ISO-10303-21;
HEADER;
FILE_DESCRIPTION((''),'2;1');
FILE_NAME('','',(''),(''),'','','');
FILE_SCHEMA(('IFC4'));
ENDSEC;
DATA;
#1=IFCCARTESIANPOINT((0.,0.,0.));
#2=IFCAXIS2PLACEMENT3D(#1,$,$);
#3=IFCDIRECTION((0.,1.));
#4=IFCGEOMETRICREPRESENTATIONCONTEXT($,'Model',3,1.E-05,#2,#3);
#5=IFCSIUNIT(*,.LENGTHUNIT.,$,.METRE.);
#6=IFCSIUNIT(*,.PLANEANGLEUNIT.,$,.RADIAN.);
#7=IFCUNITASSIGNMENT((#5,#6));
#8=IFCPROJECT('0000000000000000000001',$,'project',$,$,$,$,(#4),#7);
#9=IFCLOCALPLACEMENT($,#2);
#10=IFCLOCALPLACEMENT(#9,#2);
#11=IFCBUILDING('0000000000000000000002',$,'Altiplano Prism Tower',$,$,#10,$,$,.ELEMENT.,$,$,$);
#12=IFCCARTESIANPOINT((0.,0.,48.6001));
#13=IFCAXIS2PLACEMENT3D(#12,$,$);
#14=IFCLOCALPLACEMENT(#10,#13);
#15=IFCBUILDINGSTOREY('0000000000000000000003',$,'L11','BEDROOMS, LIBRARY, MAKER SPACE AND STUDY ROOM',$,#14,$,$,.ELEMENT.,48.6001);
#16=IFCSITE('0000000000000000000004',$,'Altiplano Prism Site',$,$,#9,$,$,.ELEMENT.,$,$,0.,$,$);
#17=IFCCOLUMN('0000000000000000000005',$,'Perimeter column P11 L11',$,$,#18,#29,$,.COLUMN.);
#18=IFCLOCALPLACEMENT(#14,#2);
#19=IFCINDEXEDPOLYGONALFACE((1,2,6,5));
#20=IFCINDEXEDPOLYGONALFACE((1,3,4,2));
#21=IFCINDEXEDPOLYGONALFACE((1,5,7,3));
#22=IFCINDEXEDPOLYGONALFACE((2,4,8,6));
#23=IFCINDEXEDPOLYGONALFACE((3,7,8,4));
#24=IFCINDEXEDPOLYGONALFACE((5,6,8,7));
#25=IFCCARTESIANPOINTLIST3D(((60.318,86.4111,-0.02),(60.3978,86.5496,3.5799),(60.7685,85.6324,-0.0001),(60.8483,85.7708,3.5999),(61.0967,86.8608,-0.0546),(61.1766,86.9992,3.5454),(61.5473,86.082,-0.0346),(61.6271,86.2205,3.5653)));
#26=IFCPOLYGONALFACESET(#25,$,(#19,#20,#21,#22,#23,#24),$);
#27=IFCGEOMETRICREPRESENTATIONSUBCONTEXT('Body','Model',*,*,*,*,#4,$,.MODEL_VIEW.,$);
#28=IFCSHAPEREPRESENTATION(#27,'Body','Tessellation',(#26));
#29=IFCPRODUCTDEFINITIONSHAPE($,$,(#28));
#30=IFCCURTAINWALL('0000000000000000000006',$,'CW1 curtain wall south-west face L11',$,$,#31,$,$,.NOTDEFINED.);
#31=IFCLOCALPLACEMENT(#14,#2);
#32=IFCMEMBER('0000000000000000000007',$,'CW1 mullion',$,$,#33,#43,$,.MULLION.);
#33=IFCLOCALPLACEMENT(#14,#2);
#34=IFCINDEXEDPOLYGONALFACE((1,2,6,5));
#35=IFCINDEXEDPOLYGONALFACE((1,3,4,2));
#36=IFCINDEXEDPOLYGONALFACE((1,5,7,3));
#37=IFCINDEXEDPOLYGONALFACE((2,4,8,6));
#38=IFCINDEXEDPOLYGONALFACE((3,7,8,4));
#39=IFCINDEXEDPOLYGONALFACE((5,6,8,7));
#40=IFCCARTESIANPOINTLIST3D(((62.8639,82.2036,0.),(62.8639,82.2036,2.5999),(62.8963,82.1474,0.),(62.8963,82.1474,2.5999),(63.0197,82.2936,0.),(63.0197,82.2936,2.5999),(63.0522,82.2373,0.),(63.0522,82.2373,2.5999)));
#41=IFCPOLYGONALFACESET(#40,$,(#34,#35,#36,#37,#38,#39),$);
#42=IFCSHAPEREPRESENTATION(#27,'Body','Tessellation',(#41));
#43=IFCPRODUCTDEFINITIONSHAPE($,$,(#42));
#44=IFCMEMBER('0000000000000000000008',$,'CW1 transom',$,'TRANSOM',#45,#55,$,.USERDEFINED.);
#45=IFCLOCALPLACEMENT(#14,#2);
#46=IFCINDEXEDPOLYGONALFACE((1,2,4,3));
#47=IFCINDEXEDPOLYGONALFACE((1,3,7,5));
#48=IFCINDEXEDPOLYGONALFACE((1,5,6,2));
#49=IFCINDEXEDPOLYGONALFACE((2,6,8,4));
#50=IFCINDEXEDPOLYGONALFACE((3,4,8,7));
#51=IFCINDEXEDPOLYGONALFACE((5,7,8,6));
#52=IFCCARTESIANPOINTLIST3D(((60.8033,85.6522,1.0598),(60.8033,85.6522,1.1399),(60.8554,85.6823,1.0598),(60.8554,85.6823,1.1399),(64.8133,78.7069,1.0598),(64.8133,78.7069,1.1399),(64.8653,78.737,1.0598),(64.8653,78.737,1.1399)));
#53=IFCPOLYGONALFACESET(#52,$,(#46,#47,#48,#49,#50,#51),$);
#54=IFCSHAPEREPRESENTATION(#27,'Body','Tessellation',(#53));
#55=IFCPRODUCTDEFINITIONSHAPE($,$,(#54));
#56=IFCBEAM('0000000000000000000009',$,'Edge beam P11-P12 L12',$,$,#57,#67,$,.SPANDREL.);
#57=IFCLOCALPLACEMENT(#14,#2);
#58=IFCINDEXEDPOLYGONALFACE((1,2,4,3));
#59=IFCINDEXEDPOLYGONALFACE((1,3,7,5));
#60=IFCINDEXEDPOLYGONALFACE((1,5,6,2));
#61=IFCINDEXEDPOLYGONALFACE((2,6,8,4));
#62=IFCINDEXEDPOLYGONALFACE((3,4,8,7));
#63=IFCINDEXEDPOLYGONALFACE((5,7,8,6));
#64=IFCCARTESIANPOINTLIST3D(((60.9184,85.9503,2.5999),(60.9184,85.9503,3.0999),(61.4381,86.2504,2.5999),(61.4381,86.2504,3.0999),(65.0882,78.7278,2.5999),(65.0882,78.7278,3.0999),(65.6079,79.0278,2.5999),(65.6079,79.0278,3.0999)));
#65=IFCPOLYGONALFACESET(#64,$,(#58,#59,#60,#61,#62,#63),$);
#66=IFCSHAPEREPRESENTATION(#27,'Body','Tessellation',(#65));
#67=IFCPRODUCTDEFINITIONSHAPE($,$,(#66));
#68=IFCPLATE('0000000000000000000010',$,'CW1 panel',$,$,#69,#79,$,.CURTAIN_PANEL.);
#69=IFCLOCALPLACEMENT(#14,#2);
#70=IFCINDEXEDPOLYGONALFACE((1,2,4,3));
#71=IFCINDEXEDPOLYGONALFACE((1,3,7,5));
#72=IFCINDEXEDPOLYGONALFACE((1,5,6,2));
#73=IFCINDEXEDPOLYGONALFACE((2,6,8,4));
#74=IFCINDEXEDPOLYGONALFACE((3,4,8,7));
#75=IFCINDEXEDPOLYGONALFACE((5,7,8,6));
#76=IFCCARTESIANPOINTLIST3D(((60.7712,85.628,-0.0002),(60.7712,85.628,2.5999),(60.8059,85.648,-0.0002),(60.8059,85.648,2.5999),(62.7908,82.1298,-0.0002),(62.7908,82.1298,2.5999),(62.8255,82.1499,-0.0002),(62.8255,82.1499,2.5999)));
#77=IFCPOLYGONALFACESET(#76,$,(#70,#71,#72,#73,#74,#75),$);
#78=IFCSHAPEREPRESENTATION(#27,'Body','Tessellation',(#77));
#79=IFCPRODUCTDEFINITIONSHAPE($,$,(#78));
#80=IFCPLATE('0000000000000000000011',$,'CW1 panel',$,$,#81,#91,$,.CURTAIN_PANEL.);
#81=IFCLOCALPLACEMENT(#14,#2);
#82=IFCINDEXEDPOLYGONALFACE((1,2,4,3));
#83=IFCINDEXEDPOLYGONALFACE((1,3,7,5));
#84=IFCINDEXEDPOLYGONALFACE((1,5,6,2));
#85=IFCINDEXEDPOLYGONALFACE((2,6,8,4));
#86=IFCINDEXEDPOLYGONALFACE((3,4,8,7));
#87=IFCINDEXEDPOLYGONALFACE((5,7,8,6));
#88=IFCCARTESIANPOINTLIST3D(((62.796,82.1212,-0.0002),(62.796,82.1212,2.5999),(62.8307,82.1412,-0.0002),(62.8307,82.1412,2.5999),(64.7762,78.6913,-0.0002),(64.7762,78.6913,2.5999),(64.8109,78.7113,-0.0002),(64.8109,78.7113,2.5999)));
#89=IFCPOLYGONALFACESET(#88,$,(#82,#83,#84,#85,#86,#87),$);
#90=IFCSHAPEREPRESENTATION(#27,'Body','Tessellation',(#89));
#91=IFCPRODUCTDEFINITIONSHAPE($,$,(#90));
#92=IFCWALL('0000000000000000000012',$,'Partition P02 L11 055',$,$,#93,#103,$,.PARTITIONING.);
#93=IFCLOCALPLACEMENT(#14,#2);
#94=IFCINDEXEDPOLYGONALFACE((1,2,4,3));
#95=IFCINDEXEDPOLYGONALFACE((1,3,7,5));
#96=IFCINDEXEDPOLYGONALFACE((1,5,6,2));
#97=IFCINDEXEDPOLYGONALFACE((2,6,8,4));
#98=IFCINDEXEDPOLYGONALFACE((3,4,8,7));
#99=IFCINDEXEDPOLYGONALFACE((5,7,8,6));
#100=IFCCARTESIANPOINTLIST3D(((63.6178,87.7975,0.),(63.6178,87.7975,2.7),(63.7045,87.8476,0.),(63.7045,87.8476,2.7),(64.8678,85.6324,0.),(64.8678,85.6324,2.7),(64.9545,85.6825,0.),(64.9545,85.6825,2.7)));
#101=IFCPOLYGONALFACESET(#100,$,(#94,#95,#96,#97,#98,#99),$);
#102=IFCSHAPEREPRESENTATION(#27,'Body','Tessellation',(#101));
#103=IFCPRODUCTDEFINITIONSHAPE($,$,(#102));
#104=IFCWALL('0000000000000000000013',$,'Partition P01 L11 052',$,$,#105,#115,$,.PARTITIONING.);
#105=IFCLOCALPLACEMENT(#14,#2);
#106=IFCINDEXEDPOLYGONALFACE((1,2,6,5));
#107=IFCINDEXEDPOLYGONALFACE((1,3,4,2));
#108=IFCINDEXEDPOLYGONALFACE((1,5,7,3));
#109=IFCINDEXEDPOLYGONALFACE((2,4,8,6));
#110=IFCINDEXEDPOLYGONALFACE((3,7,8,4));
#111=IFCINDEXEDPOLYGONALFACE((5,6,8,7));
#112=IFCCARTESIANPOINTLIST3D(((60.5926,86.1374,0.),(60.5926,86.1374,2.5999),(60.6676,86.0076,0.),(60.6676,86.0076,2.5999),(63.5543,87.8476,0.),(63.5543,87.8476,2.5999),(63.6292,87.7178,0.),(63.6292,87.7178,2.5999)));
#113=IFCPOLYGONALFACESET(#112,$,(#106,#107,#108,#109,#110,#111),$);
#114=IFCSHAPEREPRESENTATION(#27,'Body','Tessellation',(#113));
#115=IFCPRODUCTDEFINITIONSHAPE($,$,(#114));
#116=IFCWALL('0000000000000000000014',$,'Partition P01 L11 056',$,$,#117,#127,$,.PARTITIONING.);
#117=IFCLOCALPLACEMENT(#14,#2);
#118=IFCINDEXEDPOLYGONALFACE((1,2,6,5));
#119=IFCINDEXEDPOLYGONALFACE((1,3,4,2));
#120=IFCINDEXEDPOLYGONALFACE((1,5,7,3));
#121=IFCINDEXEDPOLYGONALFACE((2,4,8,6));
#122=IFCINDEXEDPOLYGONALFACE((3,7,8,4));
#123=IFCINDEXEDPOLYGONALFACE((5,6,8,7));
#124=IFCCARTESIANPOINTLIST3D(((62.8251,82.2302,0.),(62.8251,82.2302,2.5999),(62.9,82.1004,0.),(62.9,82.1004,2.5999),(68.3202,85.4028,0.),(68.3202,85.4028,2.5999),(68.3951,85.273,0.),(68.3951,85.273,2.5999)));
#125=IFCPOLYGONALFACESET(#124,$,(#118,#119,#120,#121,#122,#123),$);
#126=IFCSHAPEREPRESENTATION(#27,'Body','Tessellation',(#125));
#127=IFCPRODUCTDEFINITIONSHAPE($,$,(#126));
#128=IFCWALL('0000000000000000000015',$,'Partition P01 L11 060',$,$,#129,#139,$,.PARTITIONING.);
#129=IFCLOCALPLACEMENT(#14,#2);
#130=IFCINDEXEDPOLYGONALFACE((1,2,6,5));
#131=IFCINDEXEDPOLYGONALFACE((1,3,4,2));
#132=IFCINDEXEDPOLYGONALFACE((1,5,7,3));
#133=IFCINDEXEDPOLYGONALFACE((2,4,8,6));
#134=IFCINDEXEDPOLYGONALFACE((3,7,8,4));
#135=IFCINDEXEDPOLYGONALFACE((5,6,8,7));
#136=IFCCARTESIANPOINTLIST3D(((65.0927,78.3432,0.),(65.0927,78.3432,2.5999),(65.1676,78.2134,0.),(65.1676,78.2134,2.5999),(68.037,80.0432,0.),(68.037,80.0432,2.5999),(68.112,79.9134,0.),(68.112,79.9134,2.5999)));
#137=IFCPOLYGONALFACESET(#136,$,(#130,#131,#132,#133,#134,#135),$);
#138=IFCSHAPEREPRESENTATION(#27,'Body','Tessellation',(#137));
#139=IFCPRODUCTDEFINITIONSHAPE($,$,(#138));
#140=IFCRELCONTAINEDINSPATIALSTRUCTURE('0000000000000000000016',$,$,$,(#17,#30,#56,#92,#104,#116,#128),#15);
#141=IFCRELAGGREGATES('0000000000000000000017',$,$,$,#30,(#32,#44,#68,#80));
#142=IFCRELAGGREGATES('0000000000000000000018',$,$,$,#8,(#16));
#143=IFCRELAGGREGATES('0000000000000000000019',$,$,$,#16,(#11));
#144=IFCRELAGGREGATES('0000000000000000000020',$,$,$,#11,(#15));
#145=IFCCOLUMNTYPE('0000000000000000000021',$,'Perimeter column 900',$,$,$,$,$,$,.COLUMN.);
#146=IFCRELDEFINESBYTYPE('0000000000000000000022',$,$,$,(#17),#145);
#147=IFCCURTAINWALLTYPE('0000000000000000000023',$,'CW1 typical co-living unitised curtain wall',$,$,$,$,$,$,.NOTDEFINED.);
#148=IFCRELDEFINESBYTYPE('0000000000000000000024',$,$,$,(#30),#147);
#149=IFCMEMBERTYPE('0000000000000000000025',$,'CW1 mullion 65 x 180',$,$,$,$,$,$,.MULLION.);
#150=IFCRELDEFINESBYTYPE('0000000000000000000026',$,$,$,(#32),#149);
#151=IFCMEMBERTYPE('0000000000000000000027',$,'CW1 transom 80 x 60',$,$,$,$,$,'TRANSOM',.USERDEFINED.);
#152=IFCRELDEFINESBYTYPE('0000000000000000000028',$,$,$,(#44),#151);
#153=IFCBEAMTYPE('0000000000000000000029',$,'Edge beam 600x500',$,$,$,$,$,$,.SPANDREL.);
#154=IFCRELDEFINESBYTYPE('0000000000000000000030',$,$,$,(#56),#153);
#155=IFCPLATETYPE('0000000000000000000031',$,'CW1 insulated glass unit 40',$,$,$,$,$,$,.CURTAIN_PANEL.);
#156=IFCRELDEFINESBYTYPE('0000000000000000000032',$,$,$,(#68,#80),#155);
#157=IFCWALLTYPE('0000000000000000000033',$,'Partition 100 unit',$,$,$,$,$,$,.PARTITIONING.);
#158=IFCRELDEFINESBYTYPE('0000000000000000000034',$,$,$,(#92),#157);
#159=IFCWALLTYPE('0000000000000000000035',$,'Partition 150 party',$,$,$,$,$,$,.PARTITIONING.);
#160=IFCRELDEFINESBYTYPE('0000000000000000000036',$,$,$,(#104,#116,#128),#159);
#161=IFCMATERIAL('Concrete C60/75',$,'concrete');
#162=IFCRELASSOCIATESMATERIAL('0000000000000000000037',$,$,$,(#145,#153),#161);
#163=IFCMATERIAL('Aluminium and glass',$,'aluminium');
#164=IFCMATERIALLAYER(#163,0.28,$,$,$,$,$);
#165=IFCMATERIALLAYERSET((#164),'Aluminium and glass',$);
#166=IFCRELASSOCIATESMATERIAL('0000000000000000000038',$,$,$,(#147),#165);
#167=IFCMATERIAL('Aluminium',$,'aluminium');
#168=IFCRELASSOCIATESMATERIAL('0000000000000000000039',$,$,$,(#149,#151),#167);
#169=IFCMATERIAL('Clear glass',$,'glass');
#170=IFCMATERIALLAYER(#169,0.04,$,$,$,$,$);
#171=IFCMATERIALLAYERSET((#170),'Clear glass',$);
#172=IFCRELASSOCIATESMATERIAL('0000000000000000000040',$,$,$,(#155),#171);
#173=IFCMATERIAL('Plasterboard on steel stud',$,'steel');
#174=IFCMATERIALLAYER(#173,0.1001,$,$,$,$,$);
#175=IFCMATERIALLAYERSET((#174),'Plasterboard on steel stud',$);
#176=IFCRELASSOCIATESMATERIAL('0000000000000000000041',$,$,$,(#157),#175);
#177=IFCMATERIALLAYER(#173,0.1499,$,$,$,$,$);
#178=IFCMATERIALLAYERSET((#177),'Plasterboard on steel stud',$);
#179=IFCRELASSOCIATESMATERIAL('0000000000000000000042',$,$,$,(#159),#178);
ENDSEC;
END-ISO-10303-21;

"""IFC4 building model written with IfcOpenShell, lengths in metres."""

from ifc_helpers import new_model, si_unit, direction, frame, frame_2d, origin, origin_2d, place, context, subcontext, project, spatial, rectangle, extrude, material, layer, layer_set, material_profile, profile_set, type_object, element, aggregate, save


model = new_model("IFC4")

# Units and contexts
model_context = context("Model", 3, precision=1e-05, world=origin(), true_north=direction((0.0, 1.0)))
body_context = subcontext(model_context, "Body", "Model", "MODEL_VIEW")
ifc_project = project(units=[si_unit("LENGTHUNIT", "METRE"), si_unit("PLANEANGLEUNIT", "RADIAN")], contexts=[model_context])

# Site, building, storey
site_placement = place(None, origin())
site = spatial("IfcSite", under=ifc_project, at=site_placement, Name="Altiplano Prism Site", CompositionType="ELEMENT", RefElevation=0.0)
building_placement = place(site_placement, origin())
building = spatial("IfcBuilding", under=site, at=building_placement, Name="Altiplano Prism Tower", CompositionType="ELEMENT")
storey_placement = place(building_placement, frame((0.0, 0.0, 48.6001)))
storey = spatial("IfcBuildingStorey", under=building, at=storey_placement, Name="L11", Description="BEDROOMS, LIBRARY, MAKER SPACE AND STUDY ROOM", CompositionType="ELEMENT", Elevation=48.6001)

# Column
ifc_material_1 = material(Name="Concrete C60/75", Category="concrete")
ifc_material_profile_1 = material_profile(ifc_material_1, rectangle(XDim=0.8999, YDim=0.8999, at=origin_2d()), Name="Perimeter column 900")
ifc_profile_set_1 = profile_set([ifc_material_profile_1], Name="Concrete C60/75")
column_type = type_object("IfcColumnType", Name="Perimeter column 900", PredefinedType="COLUMN", material=ifc_profile_set_1)
column_placement = place(storey_placement, frame((60.9326, 86.2466, -0.0273), z_axis=(0.022155, 0.038416, 0.999016), x_axis=(-0.865366, -0.499666, 0.038405)))
element("IfcColumn", 1, at=column_placement, inside=storey, type_object=column_type, Name="Perimeter column P11 L11", PredefinedType="COLUMN", context=body_context, shape_type="SweptSolid", body=[
    extrude(rectangle(XDim=0.8999, YDim=0.8999, at=origin_2d()), origin(), (0.0, 0.0, 1.0), 3.6035),
])

# Curtain wall, members
ifc_material_2 = material(Name="Aluminium and glass", Category="aluminium")
ifc_layer_1 = layer(ifc_material_2, 0.28)
ifc_layer_set_1 = layer_set([ifc_layer_1], Name="Aluminium and glass")
curtain_wall_type = type_object("IfcCurtainWallType", Name="CW1 typical co-living unitised curtain wall", PredefinedType="NOTDEFINED", material=ifc_layer_set_1)
curtain_wall_placement = place(storey_placement, origin())
curtain_wall = element("IfcCurtainWall", 2, at=curtain_wall_placement, inside=storey, type_object=curtain_wall_type, Name="CW1 curtain wall south-west face L11", PredefinedType="NOTDEFINED")
ifc_material_3 = material(Name="Aluminium", Category="aluminium")
ifc_material_profile_2 = material_profile(ifc_material_3, rectangle(XDim=0.1799, YDim=0.0649, at=origin_2d()), Name="CW1 mullion 65 x 180")
ifc_profile_set_2 = profile_set([ifc_material_profile_2], Name="Aluminium")
member_type_1 = type_object("IfcMemberType", Name="CW1 mullion 65 x 180", PredefinedType="MULLION", material=ifc_profile_set_2)
member_1_placement = place(storey_placement, frame((62.958, 82.2205, 0.0), z_axis=(0.0, 0.0, 1.0), x_axis=(0.866025, 0.5, 0.0)))
member_1 = element("IfcMember", 3, at=member_1_placement, type_object=member_type_1, Name="CW1 mullion", PredefinedType="MULLION", context=body_context, shape_type="SweptSolid", body=[
    extrude(rectangle(XDim=0.1799, YDim=0.0649, at=origin_2d()), origin(), (0.0, 0.0, 1.0), 2.5999),
])
ifc_material_profile_3 = material_profile(ifc_material_3, rectangle(XDim=0.0601, YDim=0.0801, at=origin_2d()), Name="CW1 transom 80 x 60")
ifc_profile_set_3 = profile_set([ifc_material_profile_3], Name="Aluminium")
member_type_2 = type_object("IfcMemberType", Name="CW1 transom 80 x 60", ElementType="TRANSOM", PredefinedType="USERDEFINED", material=ifc_profile_set_3)
member_2_placement = place(storey_placement, frame((60.8293, 85.6672, 1.0999), z_axis=(0.500012, -0.866018, 0.0), x_axis=(0.866018, 0.500012, 0.0)))
member_2 = element("IfcMember", 4, at=member_2_placement, type_object=member_type_2, Name="CW1 transom", ObjectType="TRANSOM", PredefinedType="USERDEFINED", context=body_context, shape_type="SweptSolid", body=[
    extrude(rectangle(XDim=0.0601, YDim=0.0801, at=origin_2d()), origin(), (0.0, 0.0, 1.0), 8.0198),
])

# Beam
ifc_material_profile_4 = material_profile(ifc_material_1, rectangle(XDim=0.6001, YDim=0.5, at=origin_2d()), Name="Edge beam 600x500")
ifc_profile_set_4 = profile_set([ifc_material_profile_4], Name="Concrete C60/75")
beam_type = type_object("IfcBeamType", Name="Edge beam 600x500", PredefinedType="SPANDREL", material=ifc_profile_set_4)
beam_placement = place(storey_placement, frame((61.1782, 86.1003, 2.8499), z_axis=(0.499993, -0.86603, 0.0), x_axis=(0.86603, 0.499993, 0.0)))
element("IfcBeam", 5, at=beam_placement, inside=storey, type_object=beam_type, Name="Edge beam P11-P12 L12", PredefinedType="SPANDREL", context=body_context, shape_type="SweptSolid", body=[
    extrude(rectangle(XDim=0.6001, YDim=0.5, at=origin_2d()), origin(), (0.0, 0.0, 1.0), 8.3398),
])

# Plates
ifc_material_4 = material(Name="Clear glass", Category="glass")
ifc_layer_2 = layer(ifc_material_4, 0.04)
ifc_layer_set_2 = layer_set([ifc_layer_2], Name="Clear glass")
plate_type = type_object("IfcPlateType", Name="CW1 insulated glass unit 40", PredefinedType="CURTAIN_PANEL", material=ifc_layer_set_2)
plate_1_placement = place(storey_placement, frame((61.7983, 83.8889, -0.0002), z_axis=(0.0, 0.0, 1.0), x_axis=(0.5, -0.866025, 0.0)))
plate_1 = element("IfcPlate", 6, at=plate_1_placement, type_object=plate_type, Name="CW1 panel", PredefinedType="CURTAIN_PANEL", context=body_context, shape_type="SweptSolid", body=[
    extrude(rectangle(XDim=4.0393, YDim=0.04, at=origin_2d()), origin(), (0.0, 0.0, 1.0), 2.6001),
])
plate_2_placement = place(storey_placement, frame((63.8035, 80.4163, -0.0002), z_axis=(0.0, 0.0, 1.0), x_axis=(0.5, -0.866025, 0.0)))
plate_2 = element("IfcPlate", 7, at=plate_2_placement, type_object=plate_type, Name="CW1 panel", PredefinedType="CURTAIN_PANEL", context=body_context, shape_type="SweptSolid", body=[
    extrude(rectangle(XDim=3.9604, YDim=0.04, at=origin_2d()), origin(), (0.0, 0.0, 1.0), 2.6001),
])
aggregate(curtain_wall, [member_1, member_2, plate_1, plate_2])

# Walls
ifc_material_5 = material(Name="Plasterboard on steel stud", Category="steel")
ifc_layer_3 = layer(ifc_material_5, 0.1001)
ifc_layer_set_3 = layer_set([ifc_layer_3], Name="Plasterboard on steel stud")
wall_type_1 = type_object("IfcWallType", Name="Partition 100 unit", PredefinedType="PARTITIONING", material=ifc_layer_set_3)
wall_1_placement = place(storey_placement, frame((64.9111, 85.6575, 0.0), z_axis=(0.0, 0.0, 1.0), x_axis=(-0.500004, 0.866023, 0.0)))
element("IfcWall", 8, at=wall_1_placement, inside=storey, type_object=wall_type_1, Name="Partition P02 L11 055", PredefinedType="PARTITIONING", context=body_context, shape_type="SweptSolid", body=[
    extrude(rectangle(XDim=2.5, YDim=0.1001, at=frame_2d((1.25, 0.0))), origin(), (0.0, 0.0, 1.0), 2.7),
])
ifc_layer_4 = layer(ifc_material_5, 0.1499)
ifc_layer_set_4 = layer_set([ifc_layer_4], Name="Plasterboard on steel stud")
wall_type_2 = type_object("IfcWallType", Name="Partition 150 party", PredefinedType="PARTITIONING", material=ifc_layer_set_4)
wall_2_placement = place(storey_placement, frame((60.6301, 86.0725, 0.0), z_axis=(0.0, 0.0, 1.0), x_axis=(0.865989, 0.500062, 0.0)))
element("IfcWall", 9, at=wall_2_placement, inside=storey, type_object=wall_type_2, Name="Partition P01 L11 052", PredefinedType="PARTITIONING", context=body_context, shape_type="SweptSolid", body=[
    extrude(rectangle(XDim=3.4199, YDim=0.1499, at=frame_2d((1.71, 0.0))), origin(), (0.0, 0.0, 1.0), 2.5999),
])
wall_3_placement = place(storey_placement, frame((62.8625, 82.1653, 0.0), z_axis=(0.0, 0.0, 1.0), x_axis=(0.866025, 0.5, 0.0)))
element("IfcWall", 10, at=wall_3_placement, inside=storey, type_object=wall_type_2, Name="Partition P01 L11 056", PredefinedType="PARTITIONING", context=body_context, shape_type="SweptSolid", body=[
    extrude(rectangle(XDim=6.3452, YDim=0.1499, at=frame_2d((3.1726, 0.0))), origin(), (0.0, 0.0, 1.0), 2.5999),
])
wall_4_placement = place(storey_placement, frame((65.1301, 78.2783, 0.0), z_axis=(0.0, 0.0, 1.0), x_axis=(0.866021, 0.500008, 0.0)))
element("IfcWall", 11, at=wall_4_placement, inside=storey, type_object=wall_type_2, Name="Partition P01 L11 060", PredefinedType="PARTITIONING", context=body_context, shape_type="SweptSolid", body=[
    extrude(rectangle(XDim=3.3999, YDim=0.1499, at=frame_2d((1.7, 0.0))), origin(), (0.0, 0.0, 1.0), 2.5999),
])

save(model, "model.ifc")
